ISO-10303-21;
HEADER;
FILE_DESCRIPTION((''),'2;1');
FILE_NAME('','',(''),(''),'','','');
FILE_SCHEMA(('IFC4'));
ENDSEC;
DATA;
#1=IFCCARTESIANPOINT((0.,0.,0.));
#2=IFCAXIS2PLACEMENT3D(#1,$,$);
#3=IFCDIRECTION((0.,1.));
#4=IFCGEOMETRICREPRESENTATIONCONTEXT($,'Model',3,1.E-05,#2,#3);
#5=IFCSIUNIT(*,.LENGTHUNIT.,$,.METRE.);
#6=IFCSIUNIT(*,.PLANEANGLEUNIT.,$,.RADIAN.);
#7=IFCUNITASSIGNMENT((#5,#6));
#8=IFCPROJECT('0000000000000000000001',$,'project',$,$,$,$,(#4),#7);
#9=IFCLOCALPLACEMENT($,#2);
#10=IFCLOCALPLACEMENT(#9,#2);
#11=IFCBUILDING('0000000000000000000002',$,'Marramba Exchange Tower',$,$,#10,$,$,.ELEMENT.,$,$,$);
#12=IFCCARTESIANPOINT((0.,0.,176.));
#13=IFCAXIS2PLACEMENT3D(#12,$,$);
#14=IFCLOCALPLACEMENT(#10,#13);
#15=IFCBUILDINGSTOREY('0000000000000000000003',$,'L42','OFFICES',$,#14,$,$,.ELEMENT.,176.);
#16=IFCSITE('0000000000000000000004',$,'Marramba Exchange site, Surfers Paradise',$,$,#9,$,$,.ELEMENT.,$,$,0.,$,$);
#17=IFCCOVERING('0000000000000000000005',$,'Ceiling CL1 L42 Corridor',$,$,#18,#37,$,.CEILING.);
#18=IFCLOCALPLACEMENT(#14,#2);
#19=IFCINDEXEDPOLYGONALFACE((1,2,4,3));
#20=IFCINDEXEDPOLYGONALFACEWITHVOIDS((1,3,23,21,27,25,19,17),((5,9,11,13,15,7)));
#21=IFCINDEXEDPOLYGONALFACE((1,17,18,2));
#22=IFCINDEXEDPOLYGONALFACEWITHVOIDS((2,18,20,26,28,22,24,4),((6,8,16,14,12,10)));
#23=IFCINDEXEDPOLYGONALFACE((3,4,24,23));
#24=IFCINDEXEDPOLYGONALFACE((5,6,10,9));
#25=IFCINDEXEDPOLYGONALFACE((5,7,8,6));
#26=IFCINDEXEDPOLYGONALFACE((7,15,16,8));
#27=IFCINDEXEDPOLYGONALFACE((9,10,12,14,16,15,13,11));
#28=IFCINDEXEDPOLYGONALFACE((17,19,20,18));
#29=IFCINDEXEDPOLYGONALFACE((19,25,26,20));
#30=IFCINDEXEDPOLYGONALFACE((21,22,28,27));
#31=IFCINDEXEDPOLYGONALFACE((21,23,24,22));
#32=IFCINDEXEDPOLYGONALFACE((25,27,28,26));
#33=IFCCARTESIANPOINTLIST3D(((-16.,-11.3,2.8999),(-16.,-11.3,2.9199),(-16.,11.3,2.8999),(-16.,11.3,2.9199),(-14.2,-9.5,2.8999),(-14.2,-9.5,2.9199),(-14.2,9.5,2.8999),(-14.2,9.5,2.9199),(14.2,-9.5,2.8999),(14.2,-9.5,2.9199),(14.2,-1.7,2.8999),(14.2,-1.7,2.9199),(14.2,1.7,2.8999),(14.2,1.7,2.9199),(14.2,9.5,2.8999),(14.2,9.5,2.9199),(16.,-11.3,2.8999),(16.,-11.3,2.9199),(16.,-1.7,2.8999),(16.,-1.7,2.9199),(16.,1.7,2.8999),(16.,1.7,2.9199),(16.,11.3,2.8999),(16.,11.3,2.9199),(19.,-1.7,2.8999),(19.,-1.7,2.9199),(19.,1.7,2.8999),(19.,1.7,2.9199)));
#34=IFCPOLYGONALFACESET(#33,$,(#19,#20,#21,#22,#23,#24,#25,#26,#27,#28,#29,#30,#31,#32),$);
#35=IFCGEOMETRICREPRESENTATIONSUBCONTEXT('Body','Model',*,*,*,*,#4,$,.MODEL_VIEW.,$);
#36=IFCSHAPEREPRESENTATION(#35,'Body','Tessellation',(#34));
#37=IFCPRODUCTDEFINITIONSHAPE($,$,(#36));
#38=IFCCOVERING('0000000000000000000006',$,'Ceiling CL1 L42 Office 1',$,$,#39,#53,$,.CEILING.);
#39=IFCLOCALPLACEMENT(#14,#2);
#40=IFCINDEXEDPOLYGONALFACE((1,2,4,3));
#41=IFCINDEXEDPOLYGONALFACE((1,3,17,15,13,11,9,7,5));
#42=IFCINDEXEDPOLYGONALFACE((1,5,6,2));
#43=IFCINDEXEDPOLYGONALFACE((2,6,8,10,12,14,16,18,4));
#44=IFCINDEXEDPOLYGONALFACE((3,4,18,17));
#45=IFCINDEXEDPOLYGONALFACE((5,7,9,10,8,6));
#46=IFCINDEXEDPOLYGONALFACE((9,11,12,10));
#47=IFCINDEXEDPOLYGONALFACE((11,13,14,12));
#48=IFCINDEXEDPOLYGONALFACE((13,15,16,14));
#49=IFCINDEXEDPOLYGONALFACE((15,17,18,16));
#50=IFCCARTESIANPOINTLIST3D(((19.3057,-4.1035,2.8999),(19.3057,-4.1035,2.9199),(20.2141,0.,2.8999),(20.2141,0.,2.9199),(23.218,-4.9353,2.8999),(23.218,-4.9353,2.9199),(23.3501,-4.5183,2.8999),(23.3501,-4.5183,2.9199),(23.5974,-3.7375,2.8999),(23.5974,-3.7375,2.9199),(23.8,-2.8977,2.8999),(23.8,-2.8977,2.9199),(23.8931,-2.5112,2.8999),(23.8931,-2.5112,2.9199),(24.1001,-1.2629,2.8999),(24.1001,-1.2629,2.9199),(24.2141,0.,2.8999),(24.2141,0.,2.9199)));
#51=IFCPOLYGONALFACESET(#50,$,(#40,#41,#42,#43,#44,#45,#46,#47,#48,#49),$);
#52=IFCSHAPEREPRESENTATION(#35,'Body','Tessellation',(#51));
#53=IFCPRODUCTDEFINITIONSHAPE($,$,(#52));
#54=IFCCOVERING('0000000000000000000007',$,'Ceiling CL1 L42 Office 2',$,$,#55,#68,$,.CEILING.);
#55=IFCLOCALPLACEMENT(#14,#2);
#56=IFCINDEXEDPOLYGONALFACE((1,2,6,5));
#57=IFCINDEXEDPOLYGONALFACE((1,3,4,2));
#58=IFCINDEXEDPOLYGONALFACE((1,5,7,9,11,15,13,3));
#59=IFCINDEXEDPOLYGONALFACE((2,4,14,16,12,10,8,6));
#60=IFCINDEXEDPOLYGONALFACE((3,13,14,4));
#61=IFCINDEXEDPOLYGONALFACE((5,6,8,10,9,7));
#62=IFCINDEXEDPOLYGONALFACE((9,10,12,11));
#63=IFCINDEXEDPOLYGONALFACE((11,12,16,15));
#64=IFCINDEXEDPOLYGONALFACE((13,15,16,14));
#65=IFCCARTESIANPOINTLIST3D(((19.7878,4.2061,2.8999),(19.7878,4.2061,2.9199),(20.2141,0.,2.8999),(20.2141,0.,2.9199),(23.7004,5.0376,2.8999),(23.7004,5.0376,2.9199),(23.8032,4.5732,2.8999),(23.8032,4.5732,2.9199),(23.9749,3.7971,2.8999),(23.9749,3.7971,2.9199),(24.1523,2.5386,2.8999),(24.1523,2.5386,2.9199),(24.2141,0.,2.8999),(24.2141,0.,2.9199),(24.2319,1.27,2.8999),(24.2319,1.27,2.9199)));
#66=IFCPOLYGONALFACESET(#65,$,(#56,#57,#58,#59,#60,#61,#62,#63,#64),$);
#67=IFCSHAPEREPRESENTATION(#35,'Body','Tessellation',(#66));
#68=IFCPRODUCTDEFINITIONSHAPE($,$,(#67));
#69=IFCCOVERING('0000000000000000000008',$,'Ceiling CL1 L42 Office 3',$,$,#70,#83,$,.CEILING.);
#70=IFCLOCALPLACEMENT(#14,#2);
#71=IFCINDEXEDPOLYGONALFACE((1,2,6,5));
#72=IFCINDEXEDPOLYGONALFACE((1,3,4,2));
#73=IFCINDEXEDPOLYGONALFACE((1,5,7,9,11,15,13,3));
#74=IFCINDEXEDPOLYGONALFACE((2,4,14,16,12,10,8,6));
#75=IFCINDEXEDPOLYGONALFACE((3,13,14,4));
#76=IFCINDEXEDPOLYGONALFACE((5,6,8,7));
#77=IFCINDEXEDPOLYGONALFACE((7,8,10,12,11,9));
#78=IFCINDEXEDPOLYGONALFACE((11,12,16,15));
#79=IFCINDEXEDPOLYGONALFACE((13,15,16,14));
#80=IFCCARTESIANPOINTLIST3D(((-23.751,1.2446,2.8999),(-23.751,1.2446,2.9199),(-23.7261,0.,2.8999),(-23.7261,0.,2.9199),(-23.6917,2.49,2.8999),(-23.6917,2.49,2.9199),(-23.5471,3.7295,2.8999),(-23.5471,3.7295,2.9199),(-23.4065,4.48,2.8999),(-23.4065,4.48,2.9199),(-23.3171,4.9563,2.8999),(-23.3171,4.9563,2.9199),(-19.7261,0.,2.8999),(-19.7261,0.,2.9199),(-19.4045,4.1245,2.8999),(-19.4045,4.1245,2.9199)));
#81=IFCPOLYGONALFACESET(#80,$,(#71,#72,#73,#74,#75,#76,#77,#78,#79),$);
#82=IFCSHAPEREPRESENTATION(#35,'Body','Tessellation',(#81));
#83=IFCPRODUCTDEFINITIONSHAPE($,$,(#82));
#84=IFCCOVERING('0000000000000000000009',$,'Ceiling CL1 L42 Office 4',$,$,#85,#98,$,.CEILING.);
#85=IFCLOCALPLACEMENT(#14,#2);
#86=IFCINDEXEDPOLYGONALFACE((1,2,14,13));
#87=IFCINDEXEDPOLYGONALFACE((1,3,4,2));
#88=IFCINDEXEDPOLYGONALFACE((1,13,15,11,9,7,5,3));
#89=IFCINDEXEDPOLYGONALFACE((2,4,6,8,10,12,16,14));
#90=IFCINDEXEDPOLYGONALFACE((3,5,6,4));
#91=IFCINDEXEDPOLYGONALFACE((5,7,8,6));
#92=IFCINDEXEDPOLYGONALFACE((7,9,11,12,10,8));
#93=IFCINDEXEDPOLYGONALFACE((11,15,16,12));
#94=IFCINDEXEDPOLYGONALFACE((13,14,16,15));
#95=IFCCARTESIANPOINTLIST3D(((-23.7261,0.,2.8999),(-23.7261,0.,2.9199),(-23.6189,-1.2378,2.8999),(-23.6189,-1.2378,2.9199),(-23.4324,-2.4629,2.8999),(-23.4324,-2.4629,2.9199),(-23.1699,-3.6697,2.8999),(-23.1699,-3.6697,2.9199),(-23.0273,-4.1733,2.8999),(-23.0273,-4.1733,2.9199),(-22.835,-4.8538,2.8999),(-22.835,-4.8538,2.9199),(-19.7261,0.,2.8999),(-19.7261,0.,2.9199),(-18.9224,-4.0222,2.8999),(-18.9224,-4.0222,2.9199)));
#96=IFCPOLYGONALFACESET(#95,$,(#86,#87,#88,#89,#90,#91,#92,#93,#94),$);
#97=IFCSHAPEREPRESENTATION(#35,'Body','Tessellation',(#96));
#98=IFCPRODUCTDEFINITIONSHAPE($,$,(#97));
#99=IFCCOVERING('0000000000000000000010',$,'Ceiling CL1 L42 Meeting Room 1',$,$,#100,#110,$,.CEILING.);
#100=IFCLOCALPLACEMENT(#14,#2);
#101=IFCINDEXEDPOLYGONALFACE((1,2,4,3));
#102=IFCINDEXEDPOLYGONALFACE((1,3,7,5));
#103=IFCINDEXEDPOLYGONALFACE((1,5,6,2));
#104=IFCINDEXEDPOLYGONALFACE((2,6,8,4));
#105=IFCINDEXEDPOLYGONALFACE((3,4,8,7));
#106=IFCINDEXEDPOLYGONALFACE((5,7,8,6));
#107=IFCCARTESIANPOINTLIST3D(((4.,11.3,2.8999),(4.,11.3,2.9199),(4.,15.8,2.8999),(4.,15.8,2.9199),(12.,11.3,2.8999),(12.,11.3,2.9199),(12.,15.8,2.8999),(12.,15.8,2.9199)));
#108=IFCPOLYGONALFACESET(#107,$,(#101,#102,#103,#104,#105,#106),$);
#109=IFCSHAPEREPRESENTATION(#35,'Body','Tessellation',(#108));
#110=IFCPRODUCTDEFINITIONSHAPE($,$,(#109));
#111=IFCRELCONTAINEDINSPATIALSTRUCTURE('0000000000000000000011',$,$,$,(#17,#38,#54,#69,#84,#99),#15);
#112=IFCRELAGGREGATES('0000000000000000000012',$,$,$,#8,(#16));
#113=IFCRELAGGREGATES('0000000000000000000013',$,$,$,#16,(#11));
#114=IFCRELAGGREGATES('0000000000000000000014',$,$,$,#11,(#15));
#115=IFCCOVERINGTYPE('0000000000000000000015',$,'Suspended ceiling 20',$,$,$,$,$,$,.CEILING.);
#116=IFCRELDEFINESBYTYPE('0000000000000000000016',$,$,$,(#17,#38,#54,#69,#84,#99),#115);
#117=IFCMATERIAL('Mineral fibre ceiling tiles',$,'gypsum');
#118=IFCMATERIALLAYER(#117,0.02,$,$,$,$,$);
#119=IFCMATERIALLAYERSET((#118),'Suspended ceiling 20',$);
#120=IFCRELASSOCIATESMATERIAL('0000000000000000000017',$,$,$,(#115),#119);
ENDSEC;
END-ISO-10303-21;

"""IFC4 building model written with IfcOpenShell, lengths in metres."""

from ifc_helpers import new_model, si_unit, direction, frame, origin, place, context, subcontext, project, spatial, polyline, outline, extrude, material, layer, layer_set, type_object, element, save


model = new_model("IFC4")

# Units and contexts
model_context = context("Model", 3, precision=1e-05, world=origin(), true_north=direction((0.0, 1.0)))
body_context = subcontext(model_context, "Body", "Model", "MODEL_VIEW")
ifc_project = project(units=[si_unit("LENGTHUNIT", "METRE"), si_unit("PLANEANGLEUNIT", "RADIAN")], contexts=[model_context])

# Site, building, storey
site_placement = place(None, origin())
site = spatial("IfcSite", under=ifc_project, at=site_placement, Name="Marramba Exchange site, Surfers Paradise", CompositionType="ELEMENT", RefElevation=0.0)
building_placement = place(site_placement, origin())
building = spatial("IfcBuilding", under=site, at=building_placement, Name="Marramba Exchange Tower", CompositionType="ELEMENT")
storey_placement = place(building_placement, frame((0.0, 0.0, 176.0)))
storey = spatial("IfcBuildingStorey", under=building, at=storey_placement, Name="L42", Description="OFFICES", CompositionType="ELEMENT", Elevation=176.0)

# Coverings
ifc_material_1 = material(Name="Mineral fibre ceiling tiles", Category="gypsum")
ifc_layer_1 = layer(ifc_material_1, 0.02)
ifc_layer_set_1 = layer_set([ifc_layer_1], Name="Suspended ceiling 20")
covering_type = type_object("IfcCoveringType", Name="Suspended ceiling 20", PredefinedType="CEILING", material=ifc_layer_set_1)
covering_1_placement = place(storey_placement, frame((0.0, 0.0, 2.8999)))
element("IfcCovering", 1, at=covering_1_placement, inside=storey, type_object=covering_type, Name="Ceiling CL1 L42 Corridor", PredefinedType="CEILING", context=body_context, shape_type="SweptSolid", body=[
    extrude(outline(polyline([(19.0, 1.7), (19.0, -1.7), (16.0, -1.7), (16.0, -11.3), (-16.0, -11.3), (-16.0, 11.3), (16.0, 11.3), (16.0, 1.7), (19.0, 1.7)]), holes=[polyline([(14.2, -1.7), (14.2, 1.7), (14.2, 9.5), (-14.2, 9.5), (-14.2, -9.5), (14.2, -9.5), (14.2, -1.7)])]), origin(), (0.0, 0.0, 1.0), 0.02),
])
covering_2_placement = place(storey_placement, frame((0.0, 0.0, 2.8999)))
element("IfcCovering", 2, at=covering_2_placement, inside=storey, type_object=covering_type, Name="Ceiling CL1 L42 Office 1", PredefinedType="CEILING", context=body_context, shape_type="SweptSolid", body=[
    extrude(outline(polyline([(24.1001, -1.2629), (23.8931, -2.5112), (23.8, -2.8977), (23.5974, -3.7375), (23.3501, -4.5183), (23.218, -4.9353), (19.3057, -4.1035), (20.2141, 0.0), (24.2141, 0.0), (24.1001, -1.2629)])), origin(), (0.0, 0.0, 1.0), 0.02),
])
covering_3_placement = place(storey_placement, frame((0.0, 0.0, 2.8999)))
element("IfcCovering", 3, at=covering_3_placement, inside=storey, type_object=covering_type, Name="Ceiling CL1 L42 Office 2", PredefinedType="CEILING", context=body_context, shape_type="SweptSolid", body=[
    extrude(outline(polyline([(23.8032, 4.5732), (23.9749, 3.7971), (24.1523, 2.5386), (24.2319, 1.27), (24.2141, 0.0), (20.2141, 0.0), (19.7878, 4.2061), (23.7004, 5.0376), (23.8032, 4.5732)])), origin(), (0.0, 0.0, 1.0), 0.02),
])
covering_4_placement = place(storey_placement, frame((0.0, 0.0, 2.8999)))
element("IfcCovering", 4, at=covering_4_placement, inside=storey, type_object=covering_type, Name="Ceiling CL1 L42 Office 3", PredefinedType="CEILING", context=body_context, shape_type="SweptSolid", body=[
    extrude(outline(polyline([(-23.751, 1.2446), (-23.6917, 2.49), (-23.5471, 3.7295), (-23.4065, 4.48), (-23.3171, 4.9563), (-19.4045, 4.1245), (-19.7261, 0.0), (-23.7261, 0.0), (-23.751, 1.2446)])), origin(), (0.0, 0.0, 1.0), 0.02),
])
covering_5_placement = place(storey_placement, frame((0.0, 0.0, 2.8999)))
element("IfcCovering", 5, at=covering_5_placement, inside=storey, type_object=covering_type, Name="Ceiling CL1 L42 Office 4", PredefinedType="CEILING", context=body_context, shape_type="SweptSolid", body=[
    extrude(outline(polyline([(-23.0273, -4.1733), (-23.1699, -3.6697), (-23.4324, -2.4629), (-23.6189, -1.2378), (-23.7261, 0.0), (-19.7261, 0.0), (-18.9224, -4.0222), (-22.835, -4.8538), (-23.0273, -4.1733)])), origin(), (0.0, 0.0, 1.0), 0.02),
])
covering_6_placement = place(storey_placement, frame((0.0, 0.0, 2.8999)))
element("IfcCovering", 6, at=covering_6_placement, inside=storey, type_object=covering_type, Name="Ceiling CL1 L42 Meeting Room 1", PredefinedType="CEILING", context=body_context, shape_type="SweptSolid", body=[
    extrude(outline(polyline([(12.0, 11.3), (4.0, 11.3), (4.0, 15.8), (12.0, 15.8), (12.0, 11.3)])), origin(), (0.0, 0.0, 1.0), 0.02),
])

save(model, "model.ifc")
